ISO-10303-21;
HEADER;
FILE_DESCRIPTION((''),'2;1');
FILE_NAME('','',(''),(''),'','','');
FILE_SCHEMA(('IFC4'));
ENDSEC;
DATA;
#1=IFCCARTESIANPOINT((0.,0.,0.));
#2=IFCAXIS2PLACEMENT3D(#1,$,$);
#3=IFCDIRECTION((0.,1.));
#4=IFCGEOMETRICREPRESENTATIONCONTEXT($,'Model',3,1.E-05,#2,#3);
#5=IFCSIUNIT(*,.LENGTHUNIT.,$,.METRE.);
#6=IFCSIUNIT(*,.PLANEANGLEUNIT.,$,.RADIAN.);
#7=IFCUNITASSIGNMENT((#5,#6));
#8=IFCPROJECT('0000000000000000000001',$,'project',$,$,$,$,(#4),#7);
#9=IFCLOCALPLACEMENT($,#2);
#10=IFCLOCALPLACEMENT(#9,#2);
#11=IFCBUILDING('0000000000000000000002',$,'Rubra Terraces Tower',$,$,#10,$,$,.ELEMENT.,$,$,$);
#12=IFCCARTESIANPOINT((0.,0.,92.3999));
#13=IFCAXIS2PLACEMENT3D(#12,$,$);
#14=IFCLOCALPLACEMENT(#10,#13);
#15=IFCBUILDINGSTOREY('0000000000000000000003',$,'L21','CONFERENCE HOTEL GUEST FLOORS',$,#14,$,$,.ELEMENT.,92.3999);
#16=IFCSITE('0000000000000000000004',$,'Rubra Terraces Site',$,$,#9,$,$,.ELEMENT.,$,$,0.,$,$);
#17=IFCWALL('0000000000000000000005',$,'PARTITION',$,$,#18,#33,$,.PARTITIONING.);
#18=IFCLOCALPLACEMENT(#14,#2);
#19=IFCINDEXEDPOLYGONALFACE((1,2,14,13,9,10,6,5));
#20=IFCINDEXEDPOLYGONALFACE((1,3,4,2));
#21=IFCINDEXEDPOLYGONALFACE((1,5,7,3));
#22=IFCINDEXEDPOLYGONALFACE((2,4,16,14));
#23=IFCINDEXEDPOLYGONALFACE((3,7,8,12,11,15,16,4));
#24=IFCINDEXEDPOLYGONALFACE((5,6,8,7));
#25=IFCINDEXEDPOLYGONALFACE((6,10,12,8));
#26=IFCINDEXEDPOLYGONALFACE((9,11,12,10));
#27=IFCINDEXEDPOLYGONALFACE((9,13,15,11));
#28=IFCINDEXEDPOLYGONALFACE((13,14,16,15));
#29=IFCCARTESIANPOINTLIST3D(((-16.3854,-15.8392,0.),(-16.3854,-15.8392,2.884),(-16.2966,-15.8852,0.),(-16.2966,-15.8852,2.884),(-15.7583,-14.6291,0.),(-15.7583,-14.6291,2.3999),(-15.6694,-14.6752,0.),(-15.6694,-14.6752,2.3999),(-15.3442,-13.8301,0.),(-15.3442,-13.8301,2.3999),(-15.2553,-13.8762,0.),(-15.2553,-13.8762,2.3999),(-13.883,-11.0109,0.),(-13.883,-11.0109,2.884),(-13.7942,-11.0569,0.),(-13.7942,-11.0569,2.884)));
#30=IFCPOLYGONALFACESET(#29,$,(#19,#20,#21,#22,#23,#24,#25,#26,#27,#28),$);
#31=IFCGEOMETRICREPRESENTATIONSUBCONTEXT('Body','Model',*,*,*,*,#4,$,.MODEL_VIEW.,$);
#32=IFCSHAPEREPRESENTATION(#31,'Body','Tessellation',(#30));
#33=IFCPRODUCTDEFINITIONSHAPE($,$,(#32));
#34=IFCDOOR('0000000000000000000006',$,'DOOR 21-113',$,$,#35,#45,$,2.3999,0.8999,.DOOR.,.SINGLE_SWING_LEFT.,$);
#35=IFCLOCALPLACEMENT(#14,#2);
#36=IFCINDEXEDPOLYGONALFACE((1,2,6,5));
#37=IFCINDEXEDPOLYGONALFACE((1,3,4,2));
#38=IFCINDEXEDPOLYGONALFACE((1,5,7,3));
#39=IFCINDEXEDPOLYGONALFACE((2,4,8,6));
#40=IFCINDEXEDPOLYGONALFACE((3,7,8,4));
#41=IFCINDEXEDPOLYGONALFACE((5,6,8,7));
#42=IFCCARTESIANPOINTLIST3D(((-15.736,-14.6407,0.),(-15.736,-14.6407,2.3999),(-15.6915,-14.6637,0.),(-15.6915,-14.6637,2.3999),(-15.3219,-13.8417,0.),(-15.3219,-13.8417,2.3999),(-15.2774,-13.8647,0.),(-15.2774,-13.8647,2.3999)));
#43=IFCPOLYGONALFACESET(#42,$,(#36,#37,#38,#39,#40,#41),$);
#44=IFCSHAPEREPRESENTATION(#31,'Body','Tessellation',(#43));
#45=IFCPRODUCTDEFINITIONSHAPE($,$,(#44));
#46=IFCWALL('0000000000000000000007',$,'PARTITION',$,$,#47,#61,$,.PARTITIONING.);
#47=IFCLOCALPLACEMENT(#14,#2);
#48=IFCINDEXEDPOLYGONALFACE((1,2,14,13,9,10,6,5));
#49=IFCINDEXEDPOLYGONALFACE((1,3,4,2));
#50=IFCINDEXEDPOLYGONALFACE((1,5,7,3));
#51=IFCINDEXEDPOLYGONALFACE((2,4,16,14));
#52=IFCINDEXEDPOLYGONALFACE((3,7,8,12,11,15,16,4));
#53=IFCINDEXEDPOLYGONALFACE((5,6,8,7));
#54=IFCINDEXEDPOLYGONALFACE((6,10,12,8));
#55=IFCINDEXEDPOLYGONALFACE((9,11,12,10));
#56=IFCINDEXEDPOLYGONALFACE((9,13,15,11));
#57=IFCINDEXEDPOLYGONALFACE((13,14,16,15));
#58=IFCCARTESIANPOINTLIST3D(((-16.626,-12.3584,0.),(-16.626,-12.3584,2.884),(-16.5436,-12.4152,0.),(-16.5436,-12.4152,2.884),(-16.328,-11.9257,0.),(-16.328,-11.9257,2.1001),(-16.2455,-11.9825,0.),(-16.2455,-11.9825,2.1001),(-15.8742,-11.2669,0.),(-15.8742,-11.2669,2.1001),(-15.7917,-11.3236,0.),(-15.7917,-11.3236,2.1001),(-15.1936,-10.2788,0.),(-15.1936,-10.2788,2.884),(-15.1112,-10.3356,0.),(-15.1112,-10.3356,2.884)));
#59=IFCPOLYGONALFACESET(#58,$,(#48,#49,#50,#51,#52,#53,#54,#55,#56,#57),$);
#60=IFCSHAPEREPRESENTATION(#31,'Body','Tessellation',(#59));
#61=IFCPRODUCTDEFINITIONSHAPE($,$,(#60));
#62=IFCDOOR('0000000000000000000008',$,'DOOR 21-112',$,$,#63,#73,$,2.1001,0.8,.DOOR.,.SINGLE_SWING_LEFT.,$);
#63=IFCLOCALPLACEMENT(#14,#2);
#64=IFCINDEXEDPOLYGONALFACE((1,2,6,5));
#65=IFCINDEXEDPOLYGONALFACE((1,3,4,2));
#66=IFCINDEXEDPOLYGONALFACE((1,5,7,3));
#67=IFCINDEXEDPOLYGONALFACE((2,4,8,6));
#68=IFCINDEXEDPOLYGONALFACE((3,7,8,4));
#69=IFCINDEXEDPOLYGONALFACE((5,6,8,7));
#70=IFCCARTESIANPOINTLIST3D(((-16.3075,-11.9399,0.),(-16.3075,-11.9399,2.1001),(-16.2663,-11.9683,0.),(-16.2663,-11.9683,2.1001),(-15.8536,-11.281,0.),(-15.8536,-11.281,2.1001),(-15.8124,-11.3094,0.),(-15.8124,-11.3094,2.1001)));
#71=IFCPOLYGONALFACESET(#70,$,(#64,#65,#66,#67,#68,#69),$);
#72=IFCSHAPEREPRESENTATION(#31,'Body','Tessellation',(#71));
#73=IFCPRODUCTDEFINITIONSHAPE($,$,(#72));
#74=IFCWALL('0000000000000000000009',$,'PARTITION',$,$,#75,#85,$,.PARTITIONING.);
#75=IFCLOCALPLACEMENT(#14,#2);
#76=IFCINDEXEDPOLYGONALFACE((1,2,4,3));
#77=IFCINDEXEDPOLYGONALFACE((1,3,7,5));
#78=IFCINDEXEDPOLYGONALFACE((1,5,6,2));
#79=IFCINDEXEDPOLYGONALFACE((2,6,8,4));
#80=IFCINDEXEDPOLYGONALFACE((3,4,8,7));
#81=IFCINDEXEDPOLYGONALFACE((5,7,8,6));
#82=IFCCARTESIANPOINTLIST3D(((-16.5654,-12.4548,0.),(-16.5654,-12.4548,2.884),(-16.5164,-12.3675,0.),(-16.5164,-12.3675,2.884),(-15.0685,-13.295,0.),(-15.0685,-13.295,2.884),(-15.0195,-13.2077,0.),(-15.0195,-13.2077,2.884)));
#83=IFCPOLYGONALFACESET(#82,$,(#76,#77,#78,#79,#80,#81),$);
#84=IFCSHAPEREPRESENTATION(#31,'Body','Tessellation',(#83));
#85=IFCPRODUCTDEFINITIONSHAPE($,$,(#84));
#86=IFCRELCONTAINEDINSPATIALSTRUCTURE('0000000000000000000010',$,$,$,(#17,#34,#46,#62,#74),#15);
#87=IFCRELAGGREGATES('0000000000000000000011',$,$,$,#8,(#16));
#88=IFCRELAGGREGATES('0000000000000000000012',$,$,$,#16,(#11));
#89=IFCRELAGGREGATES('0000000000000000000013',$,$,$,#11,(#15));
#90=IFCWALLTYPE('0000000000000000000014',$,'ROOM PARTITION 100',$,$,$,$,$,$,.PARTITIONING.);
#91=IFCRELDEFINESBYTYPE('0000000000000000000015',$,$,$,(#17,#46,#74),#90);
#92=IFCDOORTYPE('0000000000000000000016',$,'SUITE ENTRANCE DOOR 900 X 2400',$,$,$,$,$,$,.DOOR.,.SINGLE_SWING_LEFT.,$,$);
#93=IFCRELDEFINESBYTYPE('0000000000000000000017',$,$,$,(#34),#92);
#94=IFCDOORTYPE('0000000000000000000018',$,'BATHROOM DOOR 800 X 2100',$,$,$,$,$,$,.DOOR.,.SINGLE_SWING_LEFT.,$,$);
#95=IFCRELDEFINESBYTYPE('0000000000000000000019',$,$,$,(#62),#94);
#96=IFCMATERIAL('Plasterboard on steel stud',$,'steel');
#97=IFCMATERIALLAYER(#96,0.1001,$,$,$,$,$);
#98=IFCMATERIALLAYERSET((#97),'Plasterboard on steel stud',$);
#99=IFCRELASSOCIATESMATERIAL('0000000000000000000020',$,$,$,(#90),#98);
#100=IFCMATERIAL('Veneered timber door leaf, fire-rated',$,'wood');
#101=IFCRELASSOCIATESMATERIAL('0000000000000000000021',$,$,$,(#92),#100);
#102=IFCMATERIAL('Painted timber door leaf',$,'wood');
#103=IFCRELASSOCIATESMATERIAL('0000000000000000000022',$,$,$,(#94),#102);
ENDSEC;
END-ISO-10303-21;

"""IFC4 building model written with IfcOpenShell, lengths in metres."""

from ifc_helpers import new_model, si_unit, direction, frame, frame_2d, origin, place, context, subcontext, project, spatial, rectangle, extrude, material, layer, layer_set, type_object, element, fill, save


model = new_model("IFC4")

# Units and contexts
model_context = context("Model", 3, precision=1e-05, world=origin(), true_north=direction((0.0, 1.0)))
body_context = subcontext(model_context, "Body", "Model", "MODEL_VIEW")
ifc_project = project(units=[si_unit("LENGTHUNIT", "METRE"), si_unit("PLANEANGLEUNIT", "RADIAN")], contexts=[model_context])

# Site, building, storey
site_placement = place(None, origin())
site = spatial("IfcSite", under=ifc_project, at=site_placement, Name="Rubra Terraces Site", CompositionType="ELEMENT", RefElevation=0.0)
building_placement = place(site_placement, origin())
building = spatial("IfcBuilding", under=site, at=building_placement, Name="Rubra Terraces Tower", CompositionType="ELEMENT")
storey_placement = place(building_placement, frame((0.0, 0.0, 92.3999)))
storey = spatial("IfcBuildingStorey", under=building, at=storey_placement, Name="L21", Description="CONFERENCE HOTEL GUEST FLOORS", CompositionType="ELEMENT", Elevation=92.3999)

# Shared definitions
ifc_material_1 = material(Name="Painted timber door leaf", Category="wood")

# Walls, openings, doors
ifc_material_2 = material(Name="Plasterboard on steel stud", Category="steel")
ifc_layer_1 = layer(ifc_material_2, 0.1001)
ifc_layer_set_1 = layer_set([ifc_layer_1], Name="Plasterboard on steel stud")
wall_type_1 = type_object("IfcWallType", Name="ROOM PARTITION 100", PredefinedType="PARTITIONING", material=ifc_layer_set_1)
wall_1_placement = place(storey_placement, frame((-16.3411, -15.8623, 0.0), z_axis=(0.0, 0.0, 1.0), x_axis=(0.460149, 0.887841, 0.0)))
wall_1 = element("IfcWall", 1, at=wall_1_placement, inside=storey, type_object=wall_type_1, Name="PARTITION", PredefinedType="PARTITIONING", context=body_context, shape_type="SweptSolid", body=[
    extrude(rectangle(XDim=5.4382, YDim=0.1001, at=frame_2d((2.7192, 0.0))), origin(), (0.0, 0.0, 1.0), 2.884),
])
opening_1_placement = place(wall_1_placement, frame((1.363, 0.0, 0.0)))
opening_1 = element("IfcOpeningElement", 2, at=opening_1_placement, cuts=wall_1, PredefinedType="OPENING", context=body_context, shape_type="SweptSolid", body=[
    extrude(rectangle(XDim=0.8999, YDim=2.3999, at=frame_2d((0.45, 1.2))), frame((0.0, 0.0601, 0.0), z_axis=(0.0, -1.0, 0.0), x_axis=(1.0, 0.0, 0.0)), (0.0, 0.0, 1.0), 0.1201),
])
ifc_material_3 = material(Name="Veneered timber door leaf, fire-rated", Category="wood")
door_type_1 = type_object("IfcDoorType", Name="SUITE ENTRANCE DOOR 900 X 2400", OperationType="SINGLE_SWING_LEFT", PredefinedType="DOOR", material=ifc_material_3)
door_1_placement = place(opening_1_placement, origin())
door_1 = element("IfcDoor", 3, at=door_1_placement, inside=storey, type_object=door_type_1, Name="DOOR 21-113", OperationType="SINGLE_SWING_LEFT", OverallHeight=2.3999, OverallWidth=0.8999, PredefinedType="DOOR", context=body_context, shape_type="SweptSolid", body=[
    extrude(rectangle(XDim=0.8999, YDim=2.3999, at=frame_2d((0.45, 1.2))), frame((0.0, 0.0249, 0.0), z_axis=(0.0, -1.0, 0.0), x_axis=(1.0, 0.0, 0.0)), (0.0, 0.0, 1.0), 0.05),
])
fill(opening_1, door_1)
wall_2_placement = place(storey_placement, frame((-15.1523, -10.3071, 0.0), z_axis=(0.0, 0.0, 1.0), x_axis=(-0.567243, -0.823551, 0.0)))
wall_2 = element("IfcWall", 4, at=wall_2_placement, inside=storey, type_object=wall_type_1, Name="PARTITION", PredefinedType="PARTITIONING", context=body_context, shape_type="SweptSolid", body=[
    extrude(rectangle(XDim=2.5251, YDim=0.1001, at=frame_2d((1.2627, 0.0))), origin(), (0.0, 0.0, 1.0), 2.884),
])
opening_2_placement = place(wall_2_placement, frame((1.2, 0.0, 0.0)))
opening_2 = element("IfcOpeningElement", 5, at=opening_2_placement, cuts=wall_2, PredefinedType="OPENING", context=body_context, shape_type="SweptSolid", body=[
    extrude(rectangle(XDim=0.8, YDim=2.1001, at=frame_2d((0.3999, 1.05))), frame((0.0, 0.0601, 0.0), z_axis=(0.0, -1.0, 0.0), x_axis=(1.0, 0.0, 0.0)), (0.0, 0.0, 1.0), 0.1201),
])
door_type_2 = type_object("IfcDoorType", Name="BATHROOM DOOR 800 X 2100", OperationType="SINGLE_SWING_LEFT", PredefinedType="DOOR", material=ifc_material_1)
door_2_placement = place(opening_2_placement, origin())
door_2 = element("IfcDoor", 6, at=door_2_placement, inside=storey, type_object=door_type_2, Name="DOOR 21-112", OperationType="SINGLE_SWING_LEFT", OverallHeight=2.1001, OverallWidth=0.8, PredefinedType="DOOR", context=body_context, shape_type="SweptSolid", body=[
    extrude(rectangle(XDim=0.8, YDim=2.1001, at=frame_2d((0.3999, 1.05))), frame((0.0, 0.0249, 0.0), z_axis=(0.0, -1.0, 0.0), x_axis=(1.0, 0.0, 0.0)), (0.0, 0.0, 1.0), 0.05),
])
fill(opening_2, door_2)

# Wall
wall_3_placement = place(storey_placement, frame((-16.541, -12.4111, 0.0), z_axis=(0.0, 0.0, 1.0), x_axis=(0.872042, -0.48943, 0.0)))
element("IfcWall", 7, at=wall_3_placement, inside=storey, type_object=wall_type_1, Name="PARTITION", PredefinedType="PARTITIONING", context=body_context, shape_type="SweptSolid", body=[
    extrude(rectangle(XDim=1.7166, YDim=0.1001, at=frame_2d((0.8584, 0.0))), origin(), (0.0, 0.0, 1.0), 2.884),
])

save(model, "model.ifc")
